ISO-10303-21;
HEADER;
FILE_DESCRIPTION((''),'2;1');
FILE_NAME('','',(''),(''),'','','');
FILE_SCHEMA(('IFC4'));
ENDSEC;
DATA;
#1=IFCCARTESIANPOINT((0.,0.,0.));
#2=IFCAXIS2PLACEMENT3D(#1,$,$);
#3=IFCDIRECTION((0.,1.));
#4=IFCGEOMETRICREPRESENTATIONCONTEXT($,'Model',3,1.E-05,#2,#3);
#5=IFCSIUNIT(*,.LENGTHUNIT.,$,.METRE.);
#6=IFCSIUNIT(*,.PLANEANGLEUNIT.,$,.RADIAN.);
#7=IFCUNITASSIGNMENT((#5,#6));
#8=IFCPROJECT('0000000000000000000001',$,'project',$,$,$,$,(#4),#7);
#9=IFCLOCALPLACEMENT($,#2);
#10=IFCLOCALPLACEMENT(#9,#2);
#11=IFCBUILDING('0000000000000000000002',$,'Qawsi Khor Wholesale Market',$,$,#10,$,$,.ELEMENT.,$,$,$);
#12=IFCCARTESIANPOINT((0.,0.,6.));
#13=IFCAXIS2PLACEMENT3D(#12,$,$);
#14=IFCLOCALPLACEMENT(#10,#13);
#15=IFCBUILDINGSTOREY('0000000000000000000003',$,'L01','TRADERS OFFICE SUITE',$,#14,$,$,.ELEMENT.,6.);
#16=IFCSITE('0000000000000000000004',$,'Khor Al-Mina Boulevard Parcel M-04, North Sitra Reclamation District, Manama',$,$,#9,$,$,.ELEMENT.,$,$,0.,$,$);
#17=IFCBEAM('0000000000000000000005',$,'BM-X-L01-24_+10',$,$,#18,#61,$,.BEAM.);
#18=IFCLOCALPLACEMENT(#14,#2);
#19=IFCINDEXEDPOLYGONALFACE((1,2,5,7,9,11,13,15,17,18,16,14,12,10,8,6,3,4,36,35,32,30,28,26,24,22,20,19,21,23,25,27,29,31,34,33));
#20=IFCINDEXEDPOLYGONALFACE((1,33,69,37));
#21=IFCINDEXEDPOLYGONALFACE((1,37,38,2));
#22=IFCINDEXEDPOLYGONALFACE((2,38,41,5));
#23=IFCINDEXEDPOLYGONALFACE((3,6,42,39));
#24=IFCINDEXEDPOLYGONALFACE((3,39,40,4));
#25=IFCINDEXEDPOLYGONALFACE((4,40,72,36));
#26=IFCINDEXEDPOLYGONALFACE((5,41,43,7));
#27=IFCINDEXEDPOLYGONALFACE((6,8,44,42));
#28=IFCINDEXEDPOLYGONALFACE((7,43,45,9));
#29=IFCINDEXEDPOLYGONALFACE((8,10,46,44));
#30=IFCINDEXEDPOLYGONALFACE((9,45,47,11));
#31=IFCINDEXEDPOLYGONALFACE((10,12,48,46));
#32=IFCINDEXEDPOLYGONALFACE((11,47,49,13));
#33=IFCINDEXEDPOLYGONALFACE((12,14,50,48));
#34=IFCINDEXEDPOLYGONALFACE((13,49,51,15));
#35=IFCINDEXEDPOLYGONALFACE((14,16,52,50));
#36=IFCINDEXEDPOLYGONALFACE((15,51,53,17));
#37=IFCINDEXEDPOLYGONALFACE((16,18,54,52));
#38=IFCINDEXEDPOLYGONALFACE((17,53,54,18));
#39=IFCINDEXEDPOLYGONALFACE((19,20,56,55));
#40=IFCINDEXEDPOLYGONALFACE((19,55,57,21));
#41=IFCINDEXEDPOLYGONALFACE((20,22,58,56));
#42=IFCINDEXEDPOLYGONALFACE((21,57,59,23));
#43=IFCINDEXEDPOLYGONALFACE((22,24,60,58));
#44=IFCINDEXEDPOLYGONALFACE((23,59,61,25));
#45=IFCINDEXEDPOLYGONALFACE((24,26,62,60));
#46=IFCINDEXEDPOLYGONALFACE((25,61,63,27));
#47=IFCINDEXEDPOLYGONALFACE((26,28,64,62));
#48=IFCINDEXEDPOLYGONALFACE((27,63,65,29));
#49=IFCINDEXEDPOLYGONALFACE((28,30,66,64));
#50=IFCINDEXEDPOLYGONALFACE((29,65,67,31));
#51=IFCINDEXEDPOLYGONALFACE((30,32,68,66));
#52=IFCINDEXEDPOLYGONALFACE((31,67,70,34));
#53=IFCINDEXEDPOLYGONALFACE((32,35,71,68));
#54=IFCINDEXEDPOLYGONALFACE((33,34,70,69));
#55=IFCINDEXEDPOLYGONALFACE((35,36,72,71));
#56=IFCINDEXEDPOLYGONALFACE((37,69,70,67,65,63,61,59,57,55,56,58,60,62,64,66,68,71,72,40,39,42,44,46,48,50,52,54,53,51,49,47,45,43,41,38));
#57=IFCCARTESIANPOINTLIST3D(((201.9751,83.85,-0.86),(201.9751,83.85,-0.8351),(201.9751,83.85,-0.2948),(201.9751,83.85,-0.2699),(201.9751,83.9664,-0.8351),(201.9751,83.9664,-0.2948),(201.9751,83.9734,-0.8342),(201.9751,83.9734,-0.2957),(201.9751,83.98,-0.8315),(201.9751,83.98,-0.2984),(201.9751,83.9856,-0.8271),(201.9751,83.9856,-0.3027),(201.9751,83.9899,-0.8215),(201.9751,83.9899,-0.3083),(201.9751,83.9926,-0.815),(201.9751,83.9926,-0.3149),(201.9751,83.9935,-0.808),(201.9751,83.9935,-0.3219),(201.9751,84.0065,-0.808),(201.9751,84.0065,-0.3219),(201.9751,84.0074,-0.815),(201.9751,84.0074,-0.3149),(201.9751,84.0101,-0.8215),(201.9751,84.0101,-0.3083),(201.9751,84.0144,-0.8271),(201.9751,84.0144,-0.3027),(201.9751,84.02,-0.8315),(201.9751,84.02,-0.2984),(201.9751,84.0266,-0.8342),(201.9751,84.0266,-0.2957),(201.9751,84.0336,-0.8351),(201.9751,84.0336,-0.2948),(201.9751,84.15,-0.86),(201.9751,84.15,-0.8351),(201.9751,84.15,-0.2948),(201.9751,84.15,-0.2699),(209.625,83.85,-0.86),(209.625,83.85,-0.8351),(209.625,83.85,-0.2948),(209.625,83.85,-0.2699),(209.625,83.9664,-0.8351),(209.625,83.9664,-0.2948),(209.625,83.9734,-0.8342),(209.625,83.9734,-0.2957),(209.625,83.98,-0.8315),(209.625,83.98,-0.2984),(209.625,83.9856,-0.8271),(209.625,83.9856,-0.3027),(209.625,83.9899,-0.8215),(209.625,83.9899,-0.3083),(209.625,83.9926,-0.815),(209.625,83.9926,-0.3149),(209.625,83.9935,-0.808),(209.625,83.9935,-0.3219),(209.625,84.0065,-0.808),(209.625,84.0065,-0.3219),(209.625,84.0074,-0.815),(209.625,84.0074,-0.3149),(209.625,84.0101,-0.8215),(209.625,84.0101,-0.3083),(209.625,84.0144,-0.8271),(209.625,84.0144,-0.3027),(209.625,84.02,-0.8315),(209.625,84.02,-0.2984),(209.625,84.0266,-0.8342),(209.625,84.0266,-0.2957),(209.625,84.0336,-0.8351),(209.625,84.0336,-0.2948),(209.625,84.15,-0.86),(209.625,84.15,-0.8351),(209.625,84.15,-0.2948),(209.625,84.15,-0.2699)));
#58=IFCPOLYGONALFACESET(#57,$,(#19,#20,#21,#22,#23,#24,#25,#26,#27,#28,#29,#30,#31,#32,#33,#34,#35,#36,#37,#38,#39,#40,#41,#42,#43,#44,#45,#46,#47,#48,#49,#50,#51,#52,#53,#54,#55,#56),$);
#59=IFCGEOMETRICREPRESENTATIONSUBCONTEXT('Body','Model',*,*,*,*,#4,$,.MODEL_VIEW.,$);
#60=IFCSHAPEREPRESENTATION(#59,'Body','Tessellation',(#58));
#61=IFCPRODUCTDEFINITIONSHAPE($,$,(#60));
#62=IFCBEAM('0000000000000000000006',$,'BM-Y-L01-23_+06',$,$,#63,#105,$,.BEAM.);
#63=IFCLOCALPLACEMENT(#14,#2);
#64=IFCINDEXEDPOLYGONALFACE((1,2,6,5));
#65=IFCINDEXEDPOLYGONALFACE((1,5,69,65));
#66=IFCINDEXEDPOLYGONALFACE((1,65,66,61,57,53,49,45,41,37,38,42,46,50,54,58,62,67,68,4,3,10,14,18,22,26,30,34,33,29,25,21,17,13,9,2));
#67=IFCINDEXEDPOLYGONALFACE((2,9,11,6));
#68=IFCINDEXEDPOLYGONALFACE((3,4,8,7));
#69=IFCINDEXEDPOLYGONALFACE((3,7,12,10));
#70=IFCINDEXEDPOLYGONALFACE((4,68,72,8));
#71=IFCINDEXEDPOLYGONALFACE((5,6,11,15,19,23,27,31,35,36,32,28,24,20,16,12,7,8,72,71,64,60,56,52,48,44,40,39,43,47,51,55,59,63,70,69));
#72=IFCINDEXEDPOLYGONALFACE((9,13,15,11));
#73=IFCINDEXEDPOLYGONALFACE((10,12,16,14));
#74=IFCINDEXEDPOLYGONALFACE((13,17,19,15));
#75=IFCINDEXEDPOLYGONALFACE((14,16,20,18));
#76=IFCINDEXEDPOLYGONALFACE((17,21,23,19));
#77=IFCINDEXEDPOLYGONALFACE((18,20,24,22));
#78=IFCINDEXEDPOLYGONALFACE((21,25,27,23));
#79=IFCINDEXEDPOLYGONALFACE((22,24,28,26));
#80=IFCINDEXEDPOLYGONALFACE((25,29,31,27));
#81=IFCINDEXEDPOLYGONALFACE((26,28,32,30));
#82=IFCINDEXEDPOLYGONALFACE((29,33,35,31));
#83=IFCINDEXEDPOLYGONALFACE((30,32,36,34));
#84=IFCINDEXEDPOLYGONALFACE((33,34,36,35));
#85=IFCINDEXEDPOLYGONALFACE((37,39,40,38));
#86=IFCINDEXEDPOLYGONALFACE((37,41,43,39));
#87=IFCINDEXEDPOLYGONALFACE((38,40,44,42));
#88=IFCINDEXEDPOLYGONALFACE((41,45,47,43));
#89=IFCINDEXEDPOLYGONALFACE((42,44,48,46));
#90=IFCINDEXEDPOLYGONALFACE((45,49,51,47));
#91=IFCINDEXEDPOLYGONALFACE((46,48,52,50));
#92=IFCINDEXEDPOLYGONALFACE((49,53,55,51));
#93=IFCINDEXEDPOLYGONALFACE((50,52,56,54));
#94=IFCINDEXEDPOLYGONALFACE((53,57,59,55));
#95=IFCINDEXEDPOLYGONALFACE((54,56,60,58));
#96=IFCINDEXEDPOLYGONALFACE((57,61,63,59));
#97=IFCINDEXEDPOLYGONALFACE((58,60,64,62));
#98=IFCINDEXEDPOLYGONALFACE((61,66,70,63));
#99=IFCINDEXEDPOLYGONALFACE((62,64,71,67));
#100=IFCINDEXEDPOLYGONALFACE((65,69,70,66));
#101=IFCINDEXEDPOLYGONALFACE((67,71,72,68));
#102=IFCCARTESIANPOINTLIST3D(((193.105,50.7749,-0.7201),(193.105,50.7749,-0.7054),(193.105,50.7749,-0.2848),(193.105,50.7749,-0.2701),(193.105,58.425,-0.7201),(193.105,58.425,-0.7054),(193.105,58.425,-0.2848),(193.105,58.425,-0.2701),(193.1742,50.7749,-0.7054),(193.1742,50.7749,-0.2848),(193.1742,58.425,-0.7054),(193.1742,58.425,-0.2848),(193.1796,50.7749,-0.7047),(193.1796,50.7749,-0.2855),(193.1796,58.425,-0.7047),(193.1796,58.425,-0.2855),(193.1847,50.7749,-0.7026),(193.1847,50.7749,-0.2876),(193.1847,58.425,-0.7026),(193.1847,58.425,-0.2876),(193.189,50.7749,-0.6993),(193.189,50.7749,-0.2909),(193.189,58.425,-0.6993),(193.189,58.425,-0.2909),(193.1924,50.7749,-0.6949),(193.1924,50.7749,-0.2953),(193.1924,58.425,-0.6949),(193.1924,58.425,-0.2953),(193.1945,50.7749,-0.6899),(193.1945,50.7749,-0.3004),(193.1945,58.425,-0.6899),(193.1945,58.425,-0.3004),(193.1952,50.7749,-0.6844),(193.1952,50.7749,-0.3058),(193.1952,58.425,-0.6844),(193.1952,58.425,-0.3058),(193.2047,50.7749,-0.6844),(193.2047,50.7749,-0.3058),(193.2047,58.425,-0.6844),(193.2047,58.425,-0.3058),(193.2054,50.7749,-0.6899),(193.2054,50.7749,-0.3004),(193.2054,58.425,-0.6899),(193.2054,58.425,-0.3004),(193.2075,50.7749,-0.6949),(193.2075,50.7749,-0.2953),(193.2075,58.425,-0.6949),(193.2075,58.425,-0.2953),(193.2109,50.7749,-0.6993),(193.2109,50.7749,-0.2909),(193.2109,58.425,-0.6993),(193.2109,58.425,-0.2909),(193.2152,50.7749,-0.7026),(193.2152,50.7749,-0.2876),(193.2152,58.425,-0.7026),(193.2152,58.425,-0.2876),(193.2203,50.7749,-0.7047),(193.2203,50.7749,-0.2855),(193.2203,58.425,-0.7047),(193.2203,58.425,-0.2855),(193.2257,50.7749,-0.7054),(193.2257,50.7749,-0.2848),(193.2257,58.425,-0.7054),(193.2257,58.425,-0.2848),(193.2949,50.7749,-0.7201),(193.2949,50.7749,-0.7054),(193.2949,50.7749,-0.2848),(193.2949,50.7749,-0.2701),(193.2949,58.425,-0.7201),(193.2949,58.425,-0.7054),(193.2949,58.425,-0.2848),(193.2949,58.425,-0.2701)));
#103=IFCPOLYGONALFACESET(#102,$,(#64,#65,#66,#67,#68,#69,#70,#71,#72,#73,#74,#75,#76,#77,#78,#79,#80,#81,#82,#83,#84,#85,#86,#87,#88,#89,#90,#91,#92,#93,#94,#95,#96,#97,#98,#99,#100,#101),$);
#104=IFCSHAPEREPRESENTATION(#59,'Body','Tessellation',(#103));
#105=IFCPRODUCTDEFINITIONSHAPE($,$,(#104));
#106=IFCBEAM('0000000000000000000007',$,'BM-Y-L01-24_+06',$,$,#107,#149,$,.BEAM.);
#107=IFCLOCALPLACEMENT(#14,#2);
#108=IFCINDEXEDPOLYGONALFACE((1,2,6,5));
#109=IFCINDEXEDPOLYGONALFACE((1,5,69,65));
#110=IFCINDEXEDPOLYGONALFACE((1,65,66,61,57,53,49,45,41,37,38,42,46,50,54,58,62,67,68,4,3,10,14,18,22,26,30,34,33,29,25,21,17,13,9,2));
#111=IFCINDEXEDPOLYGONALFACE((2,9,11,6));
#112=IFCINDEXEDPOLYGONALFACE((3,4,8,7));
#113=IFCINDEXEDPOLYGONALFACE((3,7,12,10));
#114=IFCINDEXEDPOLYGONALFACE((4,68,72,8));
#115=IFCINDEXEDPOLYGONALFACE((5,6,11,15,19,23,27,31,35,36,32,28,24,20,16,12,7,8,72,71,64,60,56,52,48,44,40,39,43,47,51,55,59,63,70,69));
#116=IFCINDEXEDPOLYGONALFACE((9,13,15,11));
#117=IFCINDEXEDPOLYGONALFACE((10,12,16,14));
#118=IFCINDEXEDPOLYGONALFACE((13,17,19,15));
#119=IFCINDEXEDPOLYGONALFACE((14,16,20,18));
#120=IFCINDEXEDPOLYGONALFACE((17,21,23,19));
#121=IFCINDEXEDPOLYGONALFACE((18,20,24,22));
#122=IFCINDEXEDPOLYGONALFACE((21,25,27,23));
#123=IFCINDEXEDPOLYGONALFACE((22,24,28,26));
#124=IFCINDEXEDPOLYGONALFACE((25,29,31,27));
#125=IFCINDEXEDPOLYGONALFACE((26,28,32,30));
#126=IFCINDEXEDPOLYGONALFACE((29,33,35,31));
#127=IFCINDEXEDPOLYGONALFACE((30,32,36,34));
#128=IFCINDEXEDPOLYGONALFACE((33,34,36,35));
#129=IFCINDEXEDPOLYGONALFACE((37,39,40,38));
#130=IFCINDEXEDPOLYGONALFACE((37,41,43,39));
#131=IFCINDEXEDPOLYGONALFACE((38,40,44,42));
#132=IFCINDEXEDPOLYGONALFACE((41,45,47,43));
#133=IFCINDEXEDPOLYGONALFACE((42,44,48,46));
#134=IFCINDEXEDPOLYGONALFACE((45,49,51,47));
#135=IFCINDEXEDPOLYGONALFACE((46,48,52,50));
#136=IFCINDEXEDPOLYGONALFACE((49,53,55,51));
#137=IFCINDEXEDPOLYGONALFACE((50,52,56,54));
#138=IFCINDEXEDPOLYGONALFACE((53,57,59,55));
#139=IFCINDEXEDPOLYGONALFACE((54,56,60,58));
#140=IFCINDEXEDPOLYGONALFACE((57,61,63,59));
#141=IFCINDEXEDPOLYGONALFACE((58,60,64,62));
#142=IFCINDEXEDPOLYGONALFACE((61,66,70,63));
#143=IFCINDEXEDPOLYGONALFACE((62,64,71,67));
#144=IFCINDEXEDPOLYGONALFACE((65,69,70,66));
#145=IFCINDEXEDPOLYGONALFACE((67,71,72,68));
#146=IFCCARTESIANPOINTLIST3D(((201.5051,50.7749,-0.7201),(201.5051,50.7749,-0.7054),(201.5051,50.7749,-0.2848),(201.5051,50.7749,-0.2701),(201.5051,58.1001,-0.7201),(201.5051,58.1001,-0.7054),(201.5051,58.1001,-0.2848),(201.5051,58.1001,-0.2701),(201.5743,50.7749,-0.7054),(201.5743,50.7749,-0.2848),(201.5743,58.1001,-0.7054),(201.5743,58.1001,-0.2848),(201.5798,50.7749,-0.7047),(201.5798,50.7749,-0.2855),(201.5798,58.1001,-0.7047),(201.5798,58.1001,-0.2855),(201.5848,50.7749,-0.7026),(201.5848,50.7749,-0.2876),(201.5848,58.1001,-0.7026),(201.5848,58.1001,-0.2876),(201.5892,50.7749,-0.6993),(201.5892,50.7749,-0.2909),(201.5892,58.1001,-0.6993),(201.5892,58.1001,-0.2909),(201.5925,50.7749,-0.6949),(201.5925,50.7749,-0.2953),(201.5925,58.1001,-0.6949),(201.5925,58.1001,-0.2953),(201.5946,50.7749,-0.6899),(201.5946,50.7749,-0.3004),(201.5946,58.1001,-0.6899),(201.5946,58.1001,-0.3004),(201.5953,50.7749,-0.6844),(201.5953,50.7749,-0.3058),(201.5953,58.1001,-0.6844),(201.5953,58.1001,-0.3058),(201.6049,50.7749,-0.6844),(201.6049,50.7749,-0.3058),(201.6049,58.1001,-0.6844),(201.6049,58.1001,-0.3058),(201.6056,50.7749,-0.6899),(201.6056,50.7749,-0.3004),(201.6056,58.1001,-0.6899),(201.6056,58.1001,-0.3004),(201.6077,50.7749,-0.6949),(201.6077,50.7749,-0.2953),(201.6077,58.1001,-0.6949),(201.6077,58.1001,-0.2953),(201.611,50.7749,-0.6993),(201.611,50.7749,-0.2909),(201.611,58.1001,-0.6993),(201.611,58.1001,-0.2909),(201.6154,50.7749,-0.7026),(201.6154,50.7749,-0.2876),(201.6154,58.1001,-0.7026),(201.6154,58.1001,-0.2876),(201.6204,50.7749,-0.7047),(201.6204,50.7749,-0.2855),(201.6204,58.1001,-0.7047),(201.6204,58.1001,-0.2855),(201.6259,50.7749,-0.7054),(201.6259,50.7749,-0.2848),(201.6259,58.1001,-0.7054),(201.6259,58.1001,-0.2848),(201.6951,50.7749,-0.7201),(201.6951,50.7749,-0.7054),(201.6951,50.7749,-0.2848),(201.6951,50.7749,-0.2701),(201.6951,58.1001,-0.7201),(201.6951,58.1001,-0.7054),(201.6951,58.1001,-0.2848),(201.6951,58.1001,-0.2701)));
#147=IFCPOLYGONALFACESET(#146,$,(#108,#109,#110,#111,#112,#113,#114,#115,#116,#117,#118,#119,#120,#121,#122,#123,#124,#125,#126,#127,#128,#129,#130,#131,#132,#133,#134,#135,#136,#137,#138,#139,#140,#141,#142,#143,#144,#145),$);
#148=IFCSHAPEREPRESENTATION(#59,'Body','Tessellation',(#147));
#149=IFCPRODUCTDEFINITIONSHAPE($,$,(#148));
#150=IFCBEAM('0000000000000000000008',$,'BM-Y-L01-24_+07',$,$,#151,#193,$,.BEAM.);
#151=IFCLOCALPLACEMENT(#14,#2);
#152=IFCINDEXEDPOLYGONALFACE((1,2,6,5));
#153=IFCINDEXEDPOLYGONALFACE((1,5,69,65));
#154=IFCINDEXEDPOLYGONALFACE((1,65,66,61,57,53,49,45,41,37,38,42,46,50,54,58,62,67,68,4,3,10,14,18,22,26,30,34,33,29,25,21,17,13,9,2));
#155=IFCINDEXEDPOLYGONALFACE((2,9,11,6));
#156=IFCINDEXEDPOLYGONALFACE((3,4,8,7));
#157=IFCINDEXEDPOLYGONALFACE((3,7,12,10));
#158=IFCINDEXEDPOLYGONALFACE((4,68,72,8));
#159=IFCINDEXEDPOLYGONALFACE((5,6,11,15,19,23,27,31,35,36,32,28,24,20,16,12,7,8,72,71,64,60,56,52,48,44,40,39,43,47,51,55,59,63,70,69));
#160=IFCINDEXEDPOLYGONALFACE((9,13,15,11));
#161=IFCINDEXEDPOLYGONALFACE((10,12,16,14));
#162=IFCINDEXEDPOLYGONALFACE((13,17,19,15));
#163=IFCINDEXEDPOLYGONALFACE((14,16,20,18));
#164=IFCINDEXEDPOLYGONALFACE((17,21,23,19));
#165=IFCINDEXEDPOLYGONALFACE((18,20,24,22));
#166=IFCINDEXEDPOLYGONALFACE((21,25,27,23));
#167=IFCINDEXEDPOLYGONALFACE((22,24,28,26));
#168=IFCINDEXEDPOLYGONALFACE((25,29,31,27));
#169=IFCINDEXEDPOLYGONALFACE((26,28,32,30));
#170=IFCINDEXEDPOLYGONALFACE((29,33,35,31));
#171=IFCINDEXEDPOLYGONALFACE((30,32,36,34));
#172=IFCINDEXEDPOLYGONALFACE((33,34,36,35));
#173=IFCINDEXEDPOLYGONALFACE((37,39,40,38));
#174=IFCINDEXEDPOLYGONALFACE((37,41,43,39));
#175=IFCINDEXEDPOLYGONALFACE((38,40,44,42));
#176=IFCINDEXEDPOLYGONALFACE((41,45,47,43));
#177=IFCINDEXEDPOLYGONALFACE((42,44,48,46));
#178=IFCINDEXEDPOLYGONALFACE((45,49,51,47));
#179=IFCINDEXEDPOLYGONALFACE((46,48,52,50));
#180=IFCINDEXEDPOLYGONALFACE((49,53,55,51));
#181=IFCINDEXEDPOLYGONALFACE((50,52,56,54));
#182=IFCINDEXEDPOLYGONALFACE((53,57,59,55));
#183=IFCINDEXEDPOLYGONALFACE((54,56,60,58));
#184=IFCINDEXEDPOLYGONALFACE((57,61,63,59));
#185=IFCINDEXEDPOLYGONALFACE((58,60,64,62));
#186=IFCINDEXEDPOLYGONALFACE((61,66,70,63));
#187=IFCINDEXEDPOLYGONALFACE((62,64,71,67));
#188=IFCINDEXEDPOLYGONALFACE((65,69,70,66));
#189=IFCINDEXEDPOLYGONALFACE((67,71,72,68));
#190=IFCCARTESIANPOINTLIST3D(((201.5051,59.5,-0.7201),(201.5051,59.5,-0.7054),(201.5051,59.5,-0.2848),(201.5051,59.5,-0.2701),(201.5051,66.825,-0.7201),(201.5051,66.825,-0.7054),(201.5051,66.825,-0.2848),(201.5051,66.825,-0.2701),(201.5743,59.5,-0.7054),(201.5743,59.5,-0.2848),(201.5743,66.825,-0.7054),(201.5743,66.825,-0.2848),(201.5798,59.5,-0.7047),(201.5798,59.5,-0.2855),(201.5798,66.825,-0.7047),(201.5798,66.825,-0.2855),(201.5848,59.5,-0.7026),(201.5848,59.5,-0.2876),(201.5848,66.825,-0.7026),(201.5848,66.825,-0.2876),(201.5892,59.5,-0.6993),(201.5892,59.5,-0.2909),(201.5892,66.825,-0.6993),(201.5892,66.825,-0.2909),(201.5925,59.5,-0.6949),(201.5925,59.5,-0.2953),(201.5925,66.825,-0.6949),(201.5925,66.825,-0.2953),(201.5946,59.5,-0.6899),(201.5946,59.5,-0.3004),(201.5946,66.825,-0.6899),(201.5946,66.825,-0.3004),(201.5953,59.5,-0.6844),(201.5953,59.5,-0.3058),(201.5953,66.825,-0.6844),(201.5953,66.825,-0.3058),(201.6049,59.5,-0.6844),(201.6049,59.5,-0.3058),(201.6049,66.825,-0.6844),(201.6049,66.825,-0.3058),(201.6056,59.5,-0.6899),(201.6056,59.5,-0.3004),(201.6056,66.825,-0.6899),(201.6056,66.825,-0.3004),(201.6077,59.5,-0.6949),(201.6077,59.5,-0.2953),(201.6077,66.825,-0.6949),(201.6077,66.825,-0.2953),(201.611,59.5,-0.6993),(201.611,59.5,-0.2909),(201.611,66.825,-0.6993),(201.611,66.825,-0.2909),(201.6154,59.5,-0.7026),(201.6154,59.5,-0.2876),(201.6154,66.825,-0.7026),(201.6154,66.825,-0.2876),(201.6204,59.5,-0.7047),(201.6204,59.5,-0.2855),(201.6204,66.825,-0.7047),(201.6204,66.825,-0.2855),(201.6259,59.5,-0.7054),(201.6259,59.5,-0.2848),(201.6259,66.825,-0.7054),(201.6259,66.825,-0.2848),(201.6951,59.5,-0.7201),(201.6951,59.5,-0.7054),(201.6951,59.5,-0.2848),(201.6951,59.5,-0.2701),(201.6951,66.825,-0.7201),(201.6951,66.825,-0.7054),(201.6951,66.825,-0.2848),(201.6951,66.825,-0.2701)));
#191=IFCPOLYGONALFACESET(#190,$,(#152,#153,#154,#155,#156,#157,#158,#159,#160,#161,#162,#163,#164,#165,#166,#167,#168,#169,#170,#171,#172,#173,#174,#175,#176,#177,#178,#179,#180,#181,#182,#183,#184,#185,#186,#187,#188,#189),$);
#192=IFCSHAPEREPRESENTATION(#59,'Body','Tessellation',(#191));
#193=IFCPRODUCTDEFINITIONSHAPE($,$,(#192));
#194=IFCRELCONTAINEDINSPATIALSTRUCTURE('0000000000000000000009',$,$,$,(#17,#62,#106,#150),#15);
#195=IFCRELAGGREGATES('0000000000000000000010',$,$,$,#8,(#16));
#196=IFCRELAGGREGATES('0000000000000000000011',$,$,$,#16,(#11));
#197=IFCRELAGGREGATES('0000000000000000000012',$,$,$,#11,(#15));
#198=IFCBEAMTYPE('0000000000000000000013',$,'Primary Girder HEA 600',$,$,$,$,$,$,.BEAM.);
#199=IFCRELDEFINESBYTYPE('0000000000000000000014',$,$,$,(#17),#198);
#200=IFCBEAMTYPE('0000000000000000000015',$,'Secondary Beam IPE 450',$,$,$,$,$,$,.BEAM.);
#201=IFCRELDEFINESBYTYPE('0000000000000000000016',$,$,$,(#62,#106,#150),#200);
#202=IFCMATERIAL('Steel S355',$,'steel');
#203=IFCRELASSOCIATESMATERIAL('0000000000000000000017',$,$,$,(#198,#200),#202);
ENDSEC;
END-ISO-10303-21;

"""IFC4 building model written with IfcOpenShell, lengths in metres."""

from ifc_helpers import new_model, si_unit, direction, frame, origin, origin_2d, place, context, subcontext, project, spatial, i_section, extrude, material, material_profile, profile_set, type_object, element, save


model = new_model("IFC4")

# Units and contexts
model_context = context("Model", 3, precision=1e-05, world=origin(), true_north=direction((0.0, 1.0)))
body_context = subcontext(model_context, "Body", "Model", "MODEL_VIEW")
ifc_project = project(units=[si_unit("LENGTHUNIT", "METRE"), si_unit("PLANEANGLEUNIT", "RADIAN")], contexts=[model_context])

# Site, building, storey
site_placement = place(None, origin())
site = spatial("IfcSite", under=ifc_project, at=site_placement, Name="Khor Al-Mina Boulevard Parcel M-04, North Sitra Reclamation District, Manama", CompositionType="ELEMENT", RefElevation=0.0)
building_placement = place(site_placement, origin())
building = spatial("IfcBuilding", under=site, at=building_placement, Name="Qawsi Khor Wholesale Market", CompositionType="ELEMENT")
storey_placement = place(building_placement, frame((0.0, 0.0, 6.0)))
storey = spatial("IfcBuildingStorey", under=building, at=storey_placement, Name="L01", Description="TRADERS OFFICE SUITE", CompositionType="ELEMENT", Elevation=6.0)

# Beams
ifc_material_1 = material(Name="Steel S355", Category="steel")
ifc_material_profile_1 = material_profile(ifc_material_1, i_section(OverallWidth=0.3, OverallDepth=0.5901, WebThickness=0.0129, FlangeThickness=0.0249, FilletRadius=0.0271, at=origin_2d()), Name="HEA 600")
ifc_profile_set_1 = profile_set([ifc_material_profile_1], Name="Steel S355")
beam_type_1 = type_object("IfcBeamType", Name="Primary Girder HEA 600", PredefinedType="BEAM", material=ifc_profile_set_1)
for number, where, z_axis, x_axis, name in (
    (1, (201.9751, 84.0, -0.5649), (1.0, 0.0, 0.0), (0.0, 1.0, 0.0), "BM-X-L01-24_+10"),
):
    element("IfcBeam", number, at=place(storey_placement, frame(where, z_axis=z_axis, x_axis=x_axis)), inside=storey, type_object=beam_type_1, Name=name, PredefinedType="BEAM", context=body_context, shape_type="SweptSolid", body=[
        extrude(i_section(OverallWidth=0.3, OverallDepth=0.5901, WebThickness=0.0129, FlangeThickness=0.0249, FilletRadius=0.0271, at=origin_2d()), origin(), (0.0, 0.0, 1.0), 7.6499),
    ])
ifc_material_profile_2 = material_profile(ifc_material_1, i_section(OverallWidth=0.1899, OverallDepth=0.45, WebThickness=0.0095, FlangeThickness=0.0146, FilletRadius=0.021, at=origin_2d()), Name="IPE 450")
ifc_profile_set_2 = profile_set([ifc_material_profile_2], Name="Steel S355")
beam_type_2 = type_object("IfcBeamType", Name="Secondary Beam IPE 450", PredefinedType="BEAM", material=ifc_profile_set_2)
beam_1_placement = place(storey_placement, frame((193.2, 50.7749, -0.4951), z_axis=(0.0, 1.0, 0.0), x_axis=(-1.0, 0.0, 0.0)))
element("IfcBeam", 2, at=beam_1_placement, inside=storey, type_object=beam_type_2, Name="BM-Y-L01-23_+06", PredefinedType="BEAM", context=body_context, shape_type="SweptSolid", body=[
    extrude(i_section(OverallWidth=0.1899, OverallDepth=0.45, WebThickness=0.0095, FlangeThickness=0.0146, FilletRadius=0.021, at=origin_2d()), origin(), (0.0, 0.0, 1.0), 7.6501),
])
beam_2_placement = place(storey_placement, frame((201.6001, 50.7749, -0.4951), z_axis=(0.0, 1.0, 0.0), x_axis=(-1.0, 0.0, 0.0)))
element("IfcBeam", 3, at=beam_2_placement, inside=storey, type_object=beam_type_2, Name="BM-Y-L01-24_+06", PredefinedType="BEAM", context=body_context, shape_type="SweptSolid", body=[
    extrude(i_section(OverallWidth=0.1899, OverallDepth=0.45, WebThickness=0.0095, FlangeThickness=0.0146, FilletRadius=0.021, at=origin_2d()), origin(), (0.0, 0.0, 1.0), 7.3252),
])
beam_3_placement = place(storey_placement, frame((201.6001, 59.5, -0.4951), z_axis=(0.0, 1.0, 0.0), x_axis=(-1.0, 0.0, 0.0)))
element("IfcBeam", 4, at=beam_3_placement, inside=storey, type_object=beam_type_2, Name="BM-Y-L01-24_+07", PredefinedType="BEAM", context=body_context, shape_type="SweptSolid", body=[
    extrude(i_section(OverallWidth=0.1899, OverallDepth=0.45, WebThickness=0.0095, FlangeThickness=0.0146, FilletRadius=0.021, at=origin_2d()), origin(), (0.0, 0.0, 1.0), 7.325),
])

save(model, "model.ifc")
